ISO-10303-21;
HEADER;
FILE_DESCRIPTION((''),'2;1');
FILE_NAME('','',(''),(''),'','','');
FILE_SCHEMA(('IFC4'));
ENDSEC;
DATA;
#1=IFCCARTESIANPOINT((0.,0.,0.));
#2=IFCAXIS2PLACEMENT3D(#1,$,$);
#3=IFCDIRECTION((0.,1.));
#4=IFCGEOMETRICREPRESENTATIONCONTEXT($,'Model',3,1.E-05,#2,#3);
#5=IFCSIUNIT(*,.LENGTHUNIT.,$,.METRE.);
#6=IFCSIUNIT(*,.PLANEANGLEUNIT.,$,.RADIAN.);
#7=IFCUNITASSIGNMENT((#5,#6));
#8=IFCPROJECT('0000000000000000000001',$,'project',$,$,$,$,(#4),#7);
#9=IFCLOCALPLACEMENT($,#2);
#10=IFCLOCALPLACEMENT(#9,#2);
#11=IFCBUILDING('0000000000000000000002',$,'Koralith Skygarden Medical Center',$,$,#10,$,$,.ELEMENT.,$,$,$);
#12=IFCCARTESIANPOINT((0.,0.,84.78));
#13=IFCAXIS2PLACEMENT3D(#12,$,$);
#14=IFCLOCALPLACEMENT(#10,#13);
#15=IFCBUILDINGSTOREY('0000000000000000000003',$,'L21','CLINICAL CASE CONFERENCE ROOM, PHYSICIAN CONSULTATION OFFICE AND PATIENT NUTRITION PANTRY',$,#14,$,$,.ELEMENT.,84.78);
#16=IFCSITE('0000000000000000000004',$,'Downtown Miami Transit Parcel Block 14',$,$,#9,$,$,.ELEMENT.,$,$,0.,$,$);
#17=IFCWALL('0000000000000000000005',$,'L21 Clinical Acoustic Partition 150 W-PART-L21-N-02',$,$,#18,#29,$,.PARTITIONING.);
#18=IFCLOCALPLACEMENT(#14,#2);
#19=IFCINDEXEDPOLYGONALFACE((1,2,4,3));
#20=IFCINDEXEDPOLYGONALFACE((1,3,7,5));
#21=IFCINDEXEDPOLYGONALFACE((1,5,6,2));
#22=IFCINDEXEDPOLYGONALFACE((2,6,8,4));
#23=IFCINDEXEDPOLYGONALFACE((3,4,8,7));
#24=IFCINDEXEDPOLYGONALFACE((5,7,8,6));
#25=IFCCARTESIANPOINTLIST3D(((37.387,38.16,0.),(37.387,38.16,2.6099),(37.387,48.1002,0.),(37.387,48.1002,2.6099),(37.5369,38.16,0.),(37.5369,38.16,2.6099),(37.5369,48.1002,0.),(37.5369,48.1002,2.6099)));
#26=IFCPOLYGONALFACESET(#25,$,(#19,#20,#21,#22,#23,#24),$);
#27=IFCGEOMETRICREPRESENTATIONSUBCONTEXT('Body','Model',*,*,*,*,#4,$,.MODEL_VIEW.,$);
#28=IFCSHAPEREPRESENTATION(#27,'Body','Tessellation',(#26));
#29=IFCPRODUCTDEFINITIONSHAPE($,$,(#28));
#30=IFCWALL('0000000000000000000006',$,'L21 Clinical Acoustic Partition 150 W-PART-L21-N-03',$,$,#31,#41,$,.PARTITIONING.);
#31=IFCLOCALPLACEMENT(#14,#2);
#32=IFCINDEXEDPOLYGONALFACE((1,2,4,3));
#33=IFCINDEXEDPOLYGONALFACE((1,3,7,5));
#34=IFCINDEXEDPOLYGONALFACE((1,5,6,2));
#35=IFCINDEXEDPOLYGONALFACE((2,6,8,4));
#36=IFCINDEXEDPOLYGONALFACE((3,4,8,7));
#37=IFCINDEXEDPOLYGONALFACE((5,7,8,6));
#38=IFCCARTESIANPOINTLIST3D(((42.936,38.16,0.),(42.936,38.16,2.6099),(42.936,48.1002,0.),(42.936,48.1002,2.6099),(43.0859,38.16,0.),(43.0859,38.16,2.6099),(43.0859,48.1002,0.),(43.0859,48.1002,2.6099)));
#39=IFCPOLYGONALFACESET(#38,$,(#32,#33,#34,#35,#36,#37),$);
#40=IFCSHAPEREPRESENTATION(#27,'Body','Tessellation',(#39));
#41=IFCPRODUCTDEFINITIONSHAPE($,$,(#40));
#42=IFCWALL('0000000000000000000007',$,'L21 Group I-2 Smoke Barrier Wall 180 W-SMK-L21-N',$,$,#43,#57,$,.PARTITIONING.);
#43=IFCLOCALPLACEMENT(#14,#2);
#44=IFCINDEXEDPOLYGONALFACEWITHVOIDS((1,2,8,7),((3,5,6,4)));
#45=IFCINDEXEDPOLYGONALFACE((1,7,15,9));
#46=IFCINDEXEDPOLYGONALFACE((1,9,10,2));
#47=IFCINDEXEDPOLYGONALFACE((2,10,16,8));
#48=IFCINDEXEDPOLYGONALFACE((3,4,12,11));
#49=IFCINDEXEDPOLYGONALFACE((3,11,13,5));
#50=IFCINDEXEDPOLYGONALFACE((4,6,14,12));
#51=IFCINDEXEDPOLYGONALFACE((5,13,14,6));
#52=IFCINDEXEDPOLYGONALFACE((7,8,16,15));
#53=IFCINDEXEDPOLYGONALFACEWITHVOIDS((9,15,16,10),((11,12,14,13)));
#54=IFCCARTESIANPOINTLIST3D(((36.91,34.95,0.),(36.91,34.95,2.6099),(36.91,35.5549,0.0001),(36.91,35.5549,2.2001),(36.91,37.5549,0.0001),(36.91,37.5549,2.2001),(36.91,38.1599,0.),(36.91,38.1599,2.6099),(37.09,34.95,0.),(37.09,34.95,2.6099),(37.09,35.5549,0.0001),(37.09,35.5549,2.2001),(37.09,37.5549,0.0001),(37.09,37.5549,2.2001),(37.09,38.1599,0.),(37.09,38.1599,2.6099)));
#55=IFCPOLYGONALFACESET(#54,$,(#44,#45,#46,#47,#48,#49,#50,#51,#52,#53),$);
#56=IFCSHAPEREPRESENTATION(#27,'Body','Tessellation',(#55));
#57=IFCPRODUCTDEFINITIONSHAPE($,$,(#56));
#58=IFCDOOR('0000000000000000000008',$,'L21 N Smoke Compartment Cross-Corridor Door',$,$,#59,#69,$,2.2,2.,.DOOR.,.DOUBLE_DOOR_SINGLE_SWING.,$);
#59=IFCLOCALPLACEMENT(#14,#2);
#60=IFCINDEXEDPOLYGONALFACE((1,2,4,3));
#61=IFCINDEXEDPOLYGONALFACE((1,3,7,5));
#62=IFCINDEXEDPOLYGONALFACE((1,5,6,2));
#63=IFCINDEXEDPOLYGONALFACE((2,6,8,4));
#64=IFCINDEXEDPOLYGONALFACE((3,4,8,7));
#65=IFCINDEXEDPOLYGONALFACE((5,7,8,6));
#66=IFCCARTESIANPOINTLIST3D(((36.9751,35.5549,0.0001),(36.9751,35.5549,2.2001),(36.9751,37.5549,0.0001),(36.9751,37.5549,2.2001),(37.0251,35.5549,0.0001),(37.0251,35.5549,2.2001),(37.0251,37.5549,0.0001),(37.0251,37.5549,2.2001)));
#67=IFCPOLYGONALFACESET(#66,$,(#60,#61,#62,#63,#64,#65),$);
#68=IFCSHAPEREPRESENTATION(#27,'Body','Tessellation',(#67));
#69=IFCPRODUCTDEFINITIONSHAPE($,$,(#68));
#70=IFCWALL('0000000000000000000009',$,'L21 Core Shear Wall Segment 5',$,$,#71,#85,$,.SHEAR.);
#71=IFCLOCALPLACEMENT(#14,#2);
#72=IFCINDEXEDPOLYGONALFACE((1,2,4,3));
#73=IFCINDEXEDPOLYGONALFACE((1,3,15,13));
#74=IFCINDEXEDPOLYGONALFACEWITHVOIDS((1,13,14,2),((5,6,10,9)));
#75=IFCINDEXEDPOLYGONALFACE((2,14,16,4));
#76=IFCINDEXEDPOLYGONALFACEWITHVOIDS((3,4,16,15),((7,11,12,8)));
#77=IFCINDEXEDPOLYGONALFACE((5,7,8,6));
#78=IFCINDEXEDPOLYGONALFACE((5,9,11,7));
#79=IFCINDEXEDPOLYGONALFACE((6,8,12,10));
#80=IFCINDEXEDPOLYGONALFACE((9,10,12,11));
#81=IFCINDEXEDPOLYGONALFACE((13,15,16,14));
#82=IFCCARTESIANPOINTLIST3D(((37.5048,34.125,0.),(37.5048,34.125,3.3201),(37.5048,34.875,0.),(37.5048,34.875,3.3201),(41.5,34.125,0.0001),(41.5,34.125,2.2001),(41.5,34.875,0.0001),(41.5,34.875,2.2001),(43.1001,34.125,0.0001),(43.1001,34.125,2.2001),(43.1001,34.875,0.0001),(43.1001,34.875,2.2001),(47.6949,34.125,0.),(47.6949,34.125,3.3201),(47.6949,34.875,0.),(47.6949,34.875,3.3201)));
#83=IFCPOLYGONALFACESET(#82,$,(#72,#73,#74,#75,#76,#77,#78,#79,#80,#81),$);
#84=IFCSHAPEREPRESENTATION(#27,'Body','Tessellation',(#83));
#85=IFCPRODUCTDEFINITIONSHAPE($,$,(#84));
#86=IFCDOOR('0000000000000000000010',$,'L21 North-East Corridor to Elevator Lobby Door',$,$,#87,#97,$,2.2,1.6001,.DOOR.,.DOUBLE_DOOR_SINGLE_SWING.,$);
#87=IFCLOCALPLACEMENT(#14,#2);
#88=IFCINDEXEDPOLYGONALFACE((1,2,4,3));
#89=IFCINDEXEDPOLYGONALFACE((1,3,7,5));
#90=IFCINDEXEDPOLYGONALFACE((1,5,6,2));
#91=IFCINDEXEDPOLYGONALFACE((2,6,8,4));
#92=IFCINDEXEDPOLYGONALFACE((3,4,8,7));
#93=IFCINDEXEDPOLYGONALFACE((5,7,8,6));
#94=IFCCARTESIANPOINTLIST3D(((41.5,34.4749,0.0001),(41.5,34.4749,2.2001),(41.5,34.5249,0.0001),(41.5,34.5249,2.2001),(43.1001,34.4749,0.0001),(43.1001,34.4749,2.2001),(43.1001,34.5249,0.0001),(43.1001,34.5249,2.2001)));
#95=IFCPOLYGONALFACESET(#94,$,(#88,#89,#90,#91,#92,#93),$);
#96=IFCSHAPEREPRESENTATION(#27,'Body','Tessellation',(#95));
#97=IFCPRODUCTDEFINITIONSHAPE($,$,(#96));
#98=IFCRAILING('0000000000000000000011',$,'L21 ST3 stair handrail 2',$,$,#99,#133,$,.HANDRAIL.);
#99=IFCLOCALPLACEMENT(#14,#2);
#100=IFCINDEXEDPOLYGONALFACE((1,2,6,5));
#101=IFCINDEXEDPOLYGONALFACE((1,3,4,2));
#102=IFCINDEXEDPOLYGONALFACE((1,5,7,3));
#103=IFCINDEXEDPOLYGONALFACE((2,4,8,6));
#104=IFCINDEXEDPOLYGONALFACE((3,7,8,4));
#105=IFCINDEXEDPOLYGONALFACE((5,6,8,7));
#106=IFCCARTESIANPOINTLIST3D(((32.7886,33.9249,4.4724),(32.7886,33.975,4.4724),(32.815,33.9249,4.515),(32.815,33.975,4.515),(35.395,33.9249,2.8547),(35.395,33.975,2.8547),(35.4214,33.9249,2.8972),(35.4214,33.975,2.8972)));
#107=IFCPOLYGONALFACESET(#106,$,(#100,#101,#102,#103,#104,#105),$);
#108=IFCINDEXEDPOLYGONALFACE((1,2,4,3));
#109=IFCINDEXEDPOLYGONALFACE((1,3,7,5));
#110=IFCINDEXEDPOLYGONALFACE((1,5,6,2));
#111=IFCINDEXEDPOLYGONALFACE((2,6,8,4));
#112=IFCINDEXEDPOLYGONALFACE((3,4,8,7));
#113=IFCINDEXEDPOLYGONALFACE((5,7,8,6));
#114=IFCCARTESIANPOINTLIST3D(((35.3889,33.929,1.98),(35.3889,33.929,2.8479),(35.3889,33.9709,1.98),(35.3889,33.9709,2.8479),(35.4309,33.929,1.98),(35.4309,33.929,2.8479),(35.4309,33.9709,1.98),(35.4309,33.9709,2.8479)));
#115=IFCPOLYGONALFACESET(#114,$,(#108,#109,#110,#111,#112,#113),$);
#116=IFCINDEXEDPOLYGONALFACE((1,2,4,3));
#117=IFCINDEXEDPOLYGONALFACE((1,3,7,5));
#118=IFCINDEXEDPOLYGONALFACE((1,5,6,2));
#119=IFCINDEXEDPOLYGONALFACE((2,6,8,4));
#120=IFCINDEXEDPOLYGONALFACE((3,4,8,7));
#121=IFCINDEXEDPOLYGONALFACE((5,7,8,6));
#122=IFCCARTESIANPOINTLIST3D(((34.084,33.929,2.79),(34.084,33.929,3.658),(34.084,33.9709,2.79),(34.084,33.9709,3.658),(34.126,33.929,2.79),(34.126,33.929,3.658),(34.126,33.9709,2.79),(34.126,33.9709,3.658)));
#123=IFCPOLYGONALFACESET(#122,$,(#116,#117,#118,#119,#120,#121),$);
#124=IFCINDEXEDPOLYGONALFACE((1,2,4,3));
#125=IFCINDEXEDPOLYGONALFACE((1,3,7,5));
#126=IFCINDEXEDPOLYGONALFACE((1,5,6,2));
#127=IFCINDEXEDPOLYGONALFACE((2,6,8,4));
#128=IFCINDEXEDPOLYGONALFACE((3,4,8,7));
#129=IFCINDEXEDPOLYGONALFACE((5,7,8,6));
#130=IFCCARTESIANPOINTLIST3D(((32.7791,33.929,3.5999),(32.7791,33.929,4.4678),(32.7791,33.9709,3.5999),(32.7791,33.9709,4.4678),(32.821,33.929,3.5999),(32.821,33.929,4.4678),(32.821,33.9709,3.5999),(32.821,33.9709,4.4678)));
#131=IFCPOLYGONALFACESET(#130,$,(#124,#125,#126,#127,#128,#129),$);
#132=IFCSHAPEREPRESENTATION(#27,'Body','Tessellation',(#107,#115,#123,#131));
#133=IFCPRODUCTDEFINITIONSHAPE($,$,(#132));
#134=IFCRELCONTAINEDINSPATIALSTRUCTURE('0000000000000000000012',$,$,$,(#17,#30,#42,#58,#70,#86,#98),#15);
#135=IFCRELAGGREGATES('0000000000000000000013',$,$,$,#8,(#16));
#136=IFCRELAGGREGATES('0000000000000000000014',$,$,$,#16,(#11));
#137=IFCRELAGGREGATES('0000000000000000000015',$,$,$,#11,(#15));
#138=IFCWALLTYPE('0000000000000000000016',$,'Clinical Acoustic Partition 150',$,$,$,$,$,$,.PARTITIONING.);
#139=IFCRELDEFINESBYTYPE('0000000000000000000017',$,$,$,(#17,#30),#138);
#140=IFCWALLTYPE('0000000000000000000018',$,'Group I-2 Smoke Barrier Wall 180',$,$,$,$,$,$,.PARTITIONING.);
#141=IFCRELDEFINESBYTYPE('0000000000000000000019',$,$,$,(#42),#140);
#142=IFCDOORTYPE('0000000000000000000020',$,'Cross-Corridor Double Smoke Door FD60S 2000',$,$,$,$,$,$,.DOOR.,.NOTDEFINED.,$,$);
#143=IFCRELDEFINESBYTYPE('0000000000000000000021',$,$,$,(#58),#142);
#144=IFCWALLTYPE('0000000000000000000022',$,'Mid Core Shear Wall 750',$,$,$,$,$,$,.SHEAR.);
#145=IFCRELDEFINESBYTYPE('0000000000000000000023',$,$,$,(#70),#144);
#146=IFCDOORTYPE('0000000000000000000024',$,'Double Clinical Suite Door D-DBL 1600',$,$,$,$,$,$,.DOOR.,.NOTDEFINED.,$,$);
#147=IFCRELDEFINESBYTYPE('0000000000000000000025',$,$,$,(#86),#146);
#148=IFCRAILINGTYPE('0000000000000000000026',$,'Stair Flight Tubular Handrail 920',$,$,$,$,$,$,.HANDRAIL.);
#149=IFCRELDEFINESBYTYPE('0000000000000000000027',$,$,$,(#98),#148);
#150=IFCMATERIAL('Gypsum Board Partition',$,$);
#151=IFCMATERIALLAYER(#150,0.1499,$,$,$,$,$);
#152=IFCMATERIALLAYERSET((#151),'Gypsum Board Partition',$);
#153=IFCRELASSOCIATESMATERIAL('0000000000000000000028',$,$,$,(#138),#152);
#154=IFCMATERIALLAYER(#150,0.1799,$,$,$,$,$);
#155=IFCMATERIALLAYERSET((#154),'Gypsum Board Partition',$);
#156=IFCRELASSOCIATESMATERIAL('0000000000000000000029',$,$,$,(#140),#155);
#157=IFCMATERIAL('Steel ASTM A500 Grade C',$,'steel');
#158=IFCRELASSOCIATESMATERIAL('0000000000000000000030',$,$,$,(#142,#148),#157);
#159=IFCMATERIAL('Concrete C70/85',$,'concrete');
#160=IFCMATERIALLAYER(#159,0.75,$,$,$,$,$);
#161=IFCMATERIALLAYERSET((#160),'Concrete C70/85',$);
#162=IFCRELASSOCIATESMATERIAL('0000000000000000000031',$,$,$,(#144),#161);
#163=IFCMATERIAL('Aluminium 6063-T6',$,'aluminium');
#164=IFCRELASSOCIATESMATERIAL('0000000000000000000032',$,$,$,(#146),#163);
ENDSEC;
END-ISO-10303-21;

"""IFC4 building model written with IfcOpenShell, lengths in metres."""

from ifc_helpers import new_model, si_unit, direction, frame, frame_2d, origin, origin_2d, place, context, subcontext, project, spatial, rectangle, extrude, material, layer, layer_set, type_object, element, fill, save


model = new_model("IFC4")

# Units and contexts
model_context = context("Model", 3, precision=1e-05, world=origin(), true_north=direction((0.0, 1.0)))
body_context = subcontext(model_context, "Body", "Model", "MODEL_VIEW")
ifc_project = project(units=[si_unit("LENGTHUNIT", "METRE"), si_unit("PLANEANGLEUNIT", "RADIAN")], contexts=[model_context])

# Site, building, storey
site_placement = place(None, origin())
site = spatial("IfcSite", under=ifc_project, at=site_placement, Name="Downtown Miami Transit Parcel Block 14", CompositionType="ELEMENT", RefElevation=0.0)
building_placement = place(site_placement, origin())
building = spatial("IfcBuilding", under=site, at=building_placement, Name="Koralith Skygarden Medical Center", CompositionType="ELEMENT")
storey_placement = place(building_placement, frame((0.0, 0.0, 84.78)))
storey = spatial("IfcBuildingStorey", under=building, at=storey_placement, Name="L21", Description="CLINICAL CASE CONFERENCE ROOM, PHYSICIAN CONSULTATION OFFICE AND PATIENT NUTRITION PANTRY", CompositionType="ELEMENT", Elevation=84.78)

# Shared definitions
ifc_material_1 = material(Name="Concrete C70/85", Category="concrete")

# Shared definitions
ifc_material_2 = material(Name="Aluminium 6063-T6", Category="aluminium")

# Walls
ifc_material_3 = material(Name="Gypsum Board Partition")
ifc_layer_1 = layer(ifc_material_3, 0.1499)
ifc_layer_set_1 = layer_set([ifc_layer_1], Name="Gypsum Board Partition")
wall_type_1 = type_object("IfcWallType", Name="Clinical Acoustic Partition 150", PredefinedType="PARTITIONING", material=ifc_layer_set_1)
for number, where, z_axis, x_axis, name in (
    (1, (37.4619, 38.1599, 0.0), (0.0, 0.0, 1.0), (0.0, 1.0, 0.0), "L21 Clinical Acoustic Partition 150 W-PART-L21-N-02"),
    (2, (43.011, 38.1599, 0.0), (0.0, 0.0, 1.0), (0.0, 1.0, 0.0), "L21 Clinical Acoustic Partition 150 W-PART-L21-N-03"),
):
    element("IfcWall", number, at=place(storey_placement, frame(where, z_axis=z_axis, x_axis=x_axis)), inside=storey, type_object=wall_type_1, Name=name, PredefinedType="PARTITIONING", context=body_context, shape_type="SweptSolid", body=[
        extrude(rectangle(XDim=9.9402, YDim=0.1499, at=frame_2d((4.9702, 0.0))), origin(), (0.0, 0.0, 1.0), 2.6099),
    ])

# Walls, openings, doors
ifc_layer_2 = layer(ifc_material_3, 0.1799)
ifc_layer_set_2 = layer_set([ifc_layer_2], Name="Gypsum Board Partition")
wall_type_2 = type_object("IfcWallType", Name="Group I-2 Smoke Barrier Wall 180", PredefinedType="PARTITIONING", material=ifc_layer_set_2)
wall_1_placement = place(storey_placement, frame((37.0, 34.95, 0.0), z_axis=(0.0, 0.0, 1.0), x_axis=(0.0, 1.0, 0.0)))
wall_1 = element("IfcWall", 3, at=wall_1_placement, inside=storey, type_object=wall_type_2, Name="L21 Group I-2 Smoke Barrier Wall 180 W-SMK-L21-N", PredefinedType="PARTITIONING", context=body_context, shape_type="SweptSolid", body=[
    extrude(rectangle(XDim=3.21, YDim=0.1799, at=frame_2d((1.605, 0.0))), origin(), (0.0, 0.0, 1.0), 2.6099),
])
opening_1_placement = place(wall_1_placement, frame((0.605, 0.0, 0.0)))
opening_1 = element("IfcOpeningElement", 4, at=opening_1_placement, cuts=wall_1, PredefinedType="OPENING", context=body_context, shape_type="SweptSolid", body=[
    extrude(rectangle(XDim=2.0, YDim=2.2, at=frame_2d((1.0, 1.1001))), frame((0.0, 0.0999, 0.0), z_axis=(0.0, -1.0, 0.0), x_axis=(1.0, 0.0, 0.0)), (0.0, 0.0, 1.0), 0.2),
])
ifc_material_4 = material(Name="Steel ASTM A500 Grade C", Category="steel")
door_type_1 = type_object("IfcDoorType", Name="Cross-Corridor Double Smoke Door FD60S 2000", OperationType="NOTDEFINED", PredefinedType="DOOR", material=ifc_material_4)
door_1_placement = place(opening_1_placement, origin())
door_1 = element("IfcDoor", 5, at=door_1_placement, inside=storey, type_object=door_type_1, Name="L21 N Smoke Compartment Cross-Corridor Door", OperationType="DOUBLE_DOOR_SINGLE_SWING", OverallHeight=2.2, OverallWidth=2.0, PredefinedType="DOOR", context=body_context, shape_type="SweptSolid", body=[
    extrude(rectangle(XDim=2.0, YDim=2.2, at=frame_2d((1.0, 1.1001))), frame((0.0, 0.0249, 0.0), z_axis=(0.0, -1.0, 0.0), x_axis=(1.0, 0.0, 0.0)), (0.0, 0.0, 1.0), 0.05),
])
fill(opening_1, door_1)
ifc_layer_3 = layer(ifc_material_1, 0.75)
ifc_layer_set_3 = layer_set([ifc_layer_3], Name="Concrete C70/85")
wall_type_3 = type_object("IfcWallType", Name="Mid Core Shear Wall 750", PredefinedType="SHEAR", material=ifc_layer_set_3)
wall_2_placement = place(storey_placement, frame((47.6951, 34.5, 0.0), z_axis=(0.0, 0.0, 1.0), x_axis=(-1.0, 0.0, 0.0)))
wall_2 = element("IfcWall", 6, at=wall_2_placement, inside=storey, type_object=wall_type_3, Name="L21 Core Shear Wall Segment 5", PredefinedType="SHEAR", context=body_context, shape_type="SweptSolid", body=[
    extrude(rectangle(XDim=10.1902, YDim=0.75, at=frame_2d((5.0952, 0.0))), origin(), (0.0, 0.0, 1.0), 3.3201),
])
opening_2_placement = place(wall_2_placement, frame((4.595, 0.0, 0.0)))
opening_2 = element("IfcOpeningElement", 7, at=opening_2_placement, cuts=wall_2, PredefinedType="OPENING", context=body_context, shape_type="SweptSolid", body=[
    extrude(rectangle(XDim=1.6001, YDim=2.2, at=frame_2d((0.8, 1.1001))), frame((0.0, 0.385, 0.0), z_axis=(0.0, -1.0, 0.0), x_axis=(1.0, 0.0, 0.0)), (0.0, 0.0, 1.0), 0.77),
])
door_type_2 = type_object("IfcDoorType", Name="Double Clinical Suite Door D-DBL 1600", OperationType="NOTDEFINED", PredefinedType="DOOR", material=ifc_material_2)
door_2_placement = place(opening_2_placement, frame((1.6001, 0.0, 0.0), z_axis=(0.0, 0.0, 1.0), x_axis=(-1.0, 0.0, 0.0)))
door_2 = element("IfcDoor", 8, at=door_2_placement, inside=storey, type_object=door_type_2, Name="L21 North-East Corridor to Elevator Lobby Door", OperationType="DOUBLE_DOOR_SINGLE_SWING", OverallHeight=2.2, OverallWidth=1.6001, PredefinedType="DOOR", context=body_context, shape_type="SweptSolid", body=[
    extrude(rectangle(XDim=1.6001, YDim=2.2, at=frame_2d((0.8, 1.1001))), frame((0.0, 0.0249, 0.0), z_axis=(0.0, -1.0, 0.0), x_axis=(1.0, 0.0, 0.0)), (0.0, 0.0, 1.0), 0.05),
])
fill(opening_2, door_2)

# Railing
railing_type = type_object("IfcRailingType", Name="Stair Flight Tubular Handrail 920", PredefinedType="HANDRAIL", material=ifc_material_4)
railing_placement = place(storey_placement, frame((35.4099, 33.95, 1.98)))
element("IfcRailing", 9, at=railing_placement, inside=storey, type_object=railing_type, Name="L21 ST3 stair handrail 2", PredefinedType="HANDRAIL", context=body_context, shape_type="SweptSolid", body=[
    extrude(rectangle(XDim=0.05, YDim=0.05, at=origin_2d()), frame((-0.0017, 0.0, 0.896), z_axis=(-0.849646, 0.0, 0.527353), x_axis=(0.0, -1.0, 0.0)), (0.0, 0.0, 1.0), 3.0676),
    extrude(rectangle(XDim=0.042, YDim=0.042, at=origin_2d()), origin(), (0.0, 0.0, 1.0), 0.8679),
    extrude(rectangle(XDim=0.042, YDim=0.042, at=origin_2d()), frame((-1.3049, 0.0, 0.8101)), (0.0, 0.0, 1.0), 0.8679),
    extrude(rectangle(XDim=0.042, YDim=0.042, at=origin_2d()), frame((-2.6099, 0.0, 1.6199)), (0.0, 0.0, 1.0), 0.8679),
])

save(model, "model.ifc")
